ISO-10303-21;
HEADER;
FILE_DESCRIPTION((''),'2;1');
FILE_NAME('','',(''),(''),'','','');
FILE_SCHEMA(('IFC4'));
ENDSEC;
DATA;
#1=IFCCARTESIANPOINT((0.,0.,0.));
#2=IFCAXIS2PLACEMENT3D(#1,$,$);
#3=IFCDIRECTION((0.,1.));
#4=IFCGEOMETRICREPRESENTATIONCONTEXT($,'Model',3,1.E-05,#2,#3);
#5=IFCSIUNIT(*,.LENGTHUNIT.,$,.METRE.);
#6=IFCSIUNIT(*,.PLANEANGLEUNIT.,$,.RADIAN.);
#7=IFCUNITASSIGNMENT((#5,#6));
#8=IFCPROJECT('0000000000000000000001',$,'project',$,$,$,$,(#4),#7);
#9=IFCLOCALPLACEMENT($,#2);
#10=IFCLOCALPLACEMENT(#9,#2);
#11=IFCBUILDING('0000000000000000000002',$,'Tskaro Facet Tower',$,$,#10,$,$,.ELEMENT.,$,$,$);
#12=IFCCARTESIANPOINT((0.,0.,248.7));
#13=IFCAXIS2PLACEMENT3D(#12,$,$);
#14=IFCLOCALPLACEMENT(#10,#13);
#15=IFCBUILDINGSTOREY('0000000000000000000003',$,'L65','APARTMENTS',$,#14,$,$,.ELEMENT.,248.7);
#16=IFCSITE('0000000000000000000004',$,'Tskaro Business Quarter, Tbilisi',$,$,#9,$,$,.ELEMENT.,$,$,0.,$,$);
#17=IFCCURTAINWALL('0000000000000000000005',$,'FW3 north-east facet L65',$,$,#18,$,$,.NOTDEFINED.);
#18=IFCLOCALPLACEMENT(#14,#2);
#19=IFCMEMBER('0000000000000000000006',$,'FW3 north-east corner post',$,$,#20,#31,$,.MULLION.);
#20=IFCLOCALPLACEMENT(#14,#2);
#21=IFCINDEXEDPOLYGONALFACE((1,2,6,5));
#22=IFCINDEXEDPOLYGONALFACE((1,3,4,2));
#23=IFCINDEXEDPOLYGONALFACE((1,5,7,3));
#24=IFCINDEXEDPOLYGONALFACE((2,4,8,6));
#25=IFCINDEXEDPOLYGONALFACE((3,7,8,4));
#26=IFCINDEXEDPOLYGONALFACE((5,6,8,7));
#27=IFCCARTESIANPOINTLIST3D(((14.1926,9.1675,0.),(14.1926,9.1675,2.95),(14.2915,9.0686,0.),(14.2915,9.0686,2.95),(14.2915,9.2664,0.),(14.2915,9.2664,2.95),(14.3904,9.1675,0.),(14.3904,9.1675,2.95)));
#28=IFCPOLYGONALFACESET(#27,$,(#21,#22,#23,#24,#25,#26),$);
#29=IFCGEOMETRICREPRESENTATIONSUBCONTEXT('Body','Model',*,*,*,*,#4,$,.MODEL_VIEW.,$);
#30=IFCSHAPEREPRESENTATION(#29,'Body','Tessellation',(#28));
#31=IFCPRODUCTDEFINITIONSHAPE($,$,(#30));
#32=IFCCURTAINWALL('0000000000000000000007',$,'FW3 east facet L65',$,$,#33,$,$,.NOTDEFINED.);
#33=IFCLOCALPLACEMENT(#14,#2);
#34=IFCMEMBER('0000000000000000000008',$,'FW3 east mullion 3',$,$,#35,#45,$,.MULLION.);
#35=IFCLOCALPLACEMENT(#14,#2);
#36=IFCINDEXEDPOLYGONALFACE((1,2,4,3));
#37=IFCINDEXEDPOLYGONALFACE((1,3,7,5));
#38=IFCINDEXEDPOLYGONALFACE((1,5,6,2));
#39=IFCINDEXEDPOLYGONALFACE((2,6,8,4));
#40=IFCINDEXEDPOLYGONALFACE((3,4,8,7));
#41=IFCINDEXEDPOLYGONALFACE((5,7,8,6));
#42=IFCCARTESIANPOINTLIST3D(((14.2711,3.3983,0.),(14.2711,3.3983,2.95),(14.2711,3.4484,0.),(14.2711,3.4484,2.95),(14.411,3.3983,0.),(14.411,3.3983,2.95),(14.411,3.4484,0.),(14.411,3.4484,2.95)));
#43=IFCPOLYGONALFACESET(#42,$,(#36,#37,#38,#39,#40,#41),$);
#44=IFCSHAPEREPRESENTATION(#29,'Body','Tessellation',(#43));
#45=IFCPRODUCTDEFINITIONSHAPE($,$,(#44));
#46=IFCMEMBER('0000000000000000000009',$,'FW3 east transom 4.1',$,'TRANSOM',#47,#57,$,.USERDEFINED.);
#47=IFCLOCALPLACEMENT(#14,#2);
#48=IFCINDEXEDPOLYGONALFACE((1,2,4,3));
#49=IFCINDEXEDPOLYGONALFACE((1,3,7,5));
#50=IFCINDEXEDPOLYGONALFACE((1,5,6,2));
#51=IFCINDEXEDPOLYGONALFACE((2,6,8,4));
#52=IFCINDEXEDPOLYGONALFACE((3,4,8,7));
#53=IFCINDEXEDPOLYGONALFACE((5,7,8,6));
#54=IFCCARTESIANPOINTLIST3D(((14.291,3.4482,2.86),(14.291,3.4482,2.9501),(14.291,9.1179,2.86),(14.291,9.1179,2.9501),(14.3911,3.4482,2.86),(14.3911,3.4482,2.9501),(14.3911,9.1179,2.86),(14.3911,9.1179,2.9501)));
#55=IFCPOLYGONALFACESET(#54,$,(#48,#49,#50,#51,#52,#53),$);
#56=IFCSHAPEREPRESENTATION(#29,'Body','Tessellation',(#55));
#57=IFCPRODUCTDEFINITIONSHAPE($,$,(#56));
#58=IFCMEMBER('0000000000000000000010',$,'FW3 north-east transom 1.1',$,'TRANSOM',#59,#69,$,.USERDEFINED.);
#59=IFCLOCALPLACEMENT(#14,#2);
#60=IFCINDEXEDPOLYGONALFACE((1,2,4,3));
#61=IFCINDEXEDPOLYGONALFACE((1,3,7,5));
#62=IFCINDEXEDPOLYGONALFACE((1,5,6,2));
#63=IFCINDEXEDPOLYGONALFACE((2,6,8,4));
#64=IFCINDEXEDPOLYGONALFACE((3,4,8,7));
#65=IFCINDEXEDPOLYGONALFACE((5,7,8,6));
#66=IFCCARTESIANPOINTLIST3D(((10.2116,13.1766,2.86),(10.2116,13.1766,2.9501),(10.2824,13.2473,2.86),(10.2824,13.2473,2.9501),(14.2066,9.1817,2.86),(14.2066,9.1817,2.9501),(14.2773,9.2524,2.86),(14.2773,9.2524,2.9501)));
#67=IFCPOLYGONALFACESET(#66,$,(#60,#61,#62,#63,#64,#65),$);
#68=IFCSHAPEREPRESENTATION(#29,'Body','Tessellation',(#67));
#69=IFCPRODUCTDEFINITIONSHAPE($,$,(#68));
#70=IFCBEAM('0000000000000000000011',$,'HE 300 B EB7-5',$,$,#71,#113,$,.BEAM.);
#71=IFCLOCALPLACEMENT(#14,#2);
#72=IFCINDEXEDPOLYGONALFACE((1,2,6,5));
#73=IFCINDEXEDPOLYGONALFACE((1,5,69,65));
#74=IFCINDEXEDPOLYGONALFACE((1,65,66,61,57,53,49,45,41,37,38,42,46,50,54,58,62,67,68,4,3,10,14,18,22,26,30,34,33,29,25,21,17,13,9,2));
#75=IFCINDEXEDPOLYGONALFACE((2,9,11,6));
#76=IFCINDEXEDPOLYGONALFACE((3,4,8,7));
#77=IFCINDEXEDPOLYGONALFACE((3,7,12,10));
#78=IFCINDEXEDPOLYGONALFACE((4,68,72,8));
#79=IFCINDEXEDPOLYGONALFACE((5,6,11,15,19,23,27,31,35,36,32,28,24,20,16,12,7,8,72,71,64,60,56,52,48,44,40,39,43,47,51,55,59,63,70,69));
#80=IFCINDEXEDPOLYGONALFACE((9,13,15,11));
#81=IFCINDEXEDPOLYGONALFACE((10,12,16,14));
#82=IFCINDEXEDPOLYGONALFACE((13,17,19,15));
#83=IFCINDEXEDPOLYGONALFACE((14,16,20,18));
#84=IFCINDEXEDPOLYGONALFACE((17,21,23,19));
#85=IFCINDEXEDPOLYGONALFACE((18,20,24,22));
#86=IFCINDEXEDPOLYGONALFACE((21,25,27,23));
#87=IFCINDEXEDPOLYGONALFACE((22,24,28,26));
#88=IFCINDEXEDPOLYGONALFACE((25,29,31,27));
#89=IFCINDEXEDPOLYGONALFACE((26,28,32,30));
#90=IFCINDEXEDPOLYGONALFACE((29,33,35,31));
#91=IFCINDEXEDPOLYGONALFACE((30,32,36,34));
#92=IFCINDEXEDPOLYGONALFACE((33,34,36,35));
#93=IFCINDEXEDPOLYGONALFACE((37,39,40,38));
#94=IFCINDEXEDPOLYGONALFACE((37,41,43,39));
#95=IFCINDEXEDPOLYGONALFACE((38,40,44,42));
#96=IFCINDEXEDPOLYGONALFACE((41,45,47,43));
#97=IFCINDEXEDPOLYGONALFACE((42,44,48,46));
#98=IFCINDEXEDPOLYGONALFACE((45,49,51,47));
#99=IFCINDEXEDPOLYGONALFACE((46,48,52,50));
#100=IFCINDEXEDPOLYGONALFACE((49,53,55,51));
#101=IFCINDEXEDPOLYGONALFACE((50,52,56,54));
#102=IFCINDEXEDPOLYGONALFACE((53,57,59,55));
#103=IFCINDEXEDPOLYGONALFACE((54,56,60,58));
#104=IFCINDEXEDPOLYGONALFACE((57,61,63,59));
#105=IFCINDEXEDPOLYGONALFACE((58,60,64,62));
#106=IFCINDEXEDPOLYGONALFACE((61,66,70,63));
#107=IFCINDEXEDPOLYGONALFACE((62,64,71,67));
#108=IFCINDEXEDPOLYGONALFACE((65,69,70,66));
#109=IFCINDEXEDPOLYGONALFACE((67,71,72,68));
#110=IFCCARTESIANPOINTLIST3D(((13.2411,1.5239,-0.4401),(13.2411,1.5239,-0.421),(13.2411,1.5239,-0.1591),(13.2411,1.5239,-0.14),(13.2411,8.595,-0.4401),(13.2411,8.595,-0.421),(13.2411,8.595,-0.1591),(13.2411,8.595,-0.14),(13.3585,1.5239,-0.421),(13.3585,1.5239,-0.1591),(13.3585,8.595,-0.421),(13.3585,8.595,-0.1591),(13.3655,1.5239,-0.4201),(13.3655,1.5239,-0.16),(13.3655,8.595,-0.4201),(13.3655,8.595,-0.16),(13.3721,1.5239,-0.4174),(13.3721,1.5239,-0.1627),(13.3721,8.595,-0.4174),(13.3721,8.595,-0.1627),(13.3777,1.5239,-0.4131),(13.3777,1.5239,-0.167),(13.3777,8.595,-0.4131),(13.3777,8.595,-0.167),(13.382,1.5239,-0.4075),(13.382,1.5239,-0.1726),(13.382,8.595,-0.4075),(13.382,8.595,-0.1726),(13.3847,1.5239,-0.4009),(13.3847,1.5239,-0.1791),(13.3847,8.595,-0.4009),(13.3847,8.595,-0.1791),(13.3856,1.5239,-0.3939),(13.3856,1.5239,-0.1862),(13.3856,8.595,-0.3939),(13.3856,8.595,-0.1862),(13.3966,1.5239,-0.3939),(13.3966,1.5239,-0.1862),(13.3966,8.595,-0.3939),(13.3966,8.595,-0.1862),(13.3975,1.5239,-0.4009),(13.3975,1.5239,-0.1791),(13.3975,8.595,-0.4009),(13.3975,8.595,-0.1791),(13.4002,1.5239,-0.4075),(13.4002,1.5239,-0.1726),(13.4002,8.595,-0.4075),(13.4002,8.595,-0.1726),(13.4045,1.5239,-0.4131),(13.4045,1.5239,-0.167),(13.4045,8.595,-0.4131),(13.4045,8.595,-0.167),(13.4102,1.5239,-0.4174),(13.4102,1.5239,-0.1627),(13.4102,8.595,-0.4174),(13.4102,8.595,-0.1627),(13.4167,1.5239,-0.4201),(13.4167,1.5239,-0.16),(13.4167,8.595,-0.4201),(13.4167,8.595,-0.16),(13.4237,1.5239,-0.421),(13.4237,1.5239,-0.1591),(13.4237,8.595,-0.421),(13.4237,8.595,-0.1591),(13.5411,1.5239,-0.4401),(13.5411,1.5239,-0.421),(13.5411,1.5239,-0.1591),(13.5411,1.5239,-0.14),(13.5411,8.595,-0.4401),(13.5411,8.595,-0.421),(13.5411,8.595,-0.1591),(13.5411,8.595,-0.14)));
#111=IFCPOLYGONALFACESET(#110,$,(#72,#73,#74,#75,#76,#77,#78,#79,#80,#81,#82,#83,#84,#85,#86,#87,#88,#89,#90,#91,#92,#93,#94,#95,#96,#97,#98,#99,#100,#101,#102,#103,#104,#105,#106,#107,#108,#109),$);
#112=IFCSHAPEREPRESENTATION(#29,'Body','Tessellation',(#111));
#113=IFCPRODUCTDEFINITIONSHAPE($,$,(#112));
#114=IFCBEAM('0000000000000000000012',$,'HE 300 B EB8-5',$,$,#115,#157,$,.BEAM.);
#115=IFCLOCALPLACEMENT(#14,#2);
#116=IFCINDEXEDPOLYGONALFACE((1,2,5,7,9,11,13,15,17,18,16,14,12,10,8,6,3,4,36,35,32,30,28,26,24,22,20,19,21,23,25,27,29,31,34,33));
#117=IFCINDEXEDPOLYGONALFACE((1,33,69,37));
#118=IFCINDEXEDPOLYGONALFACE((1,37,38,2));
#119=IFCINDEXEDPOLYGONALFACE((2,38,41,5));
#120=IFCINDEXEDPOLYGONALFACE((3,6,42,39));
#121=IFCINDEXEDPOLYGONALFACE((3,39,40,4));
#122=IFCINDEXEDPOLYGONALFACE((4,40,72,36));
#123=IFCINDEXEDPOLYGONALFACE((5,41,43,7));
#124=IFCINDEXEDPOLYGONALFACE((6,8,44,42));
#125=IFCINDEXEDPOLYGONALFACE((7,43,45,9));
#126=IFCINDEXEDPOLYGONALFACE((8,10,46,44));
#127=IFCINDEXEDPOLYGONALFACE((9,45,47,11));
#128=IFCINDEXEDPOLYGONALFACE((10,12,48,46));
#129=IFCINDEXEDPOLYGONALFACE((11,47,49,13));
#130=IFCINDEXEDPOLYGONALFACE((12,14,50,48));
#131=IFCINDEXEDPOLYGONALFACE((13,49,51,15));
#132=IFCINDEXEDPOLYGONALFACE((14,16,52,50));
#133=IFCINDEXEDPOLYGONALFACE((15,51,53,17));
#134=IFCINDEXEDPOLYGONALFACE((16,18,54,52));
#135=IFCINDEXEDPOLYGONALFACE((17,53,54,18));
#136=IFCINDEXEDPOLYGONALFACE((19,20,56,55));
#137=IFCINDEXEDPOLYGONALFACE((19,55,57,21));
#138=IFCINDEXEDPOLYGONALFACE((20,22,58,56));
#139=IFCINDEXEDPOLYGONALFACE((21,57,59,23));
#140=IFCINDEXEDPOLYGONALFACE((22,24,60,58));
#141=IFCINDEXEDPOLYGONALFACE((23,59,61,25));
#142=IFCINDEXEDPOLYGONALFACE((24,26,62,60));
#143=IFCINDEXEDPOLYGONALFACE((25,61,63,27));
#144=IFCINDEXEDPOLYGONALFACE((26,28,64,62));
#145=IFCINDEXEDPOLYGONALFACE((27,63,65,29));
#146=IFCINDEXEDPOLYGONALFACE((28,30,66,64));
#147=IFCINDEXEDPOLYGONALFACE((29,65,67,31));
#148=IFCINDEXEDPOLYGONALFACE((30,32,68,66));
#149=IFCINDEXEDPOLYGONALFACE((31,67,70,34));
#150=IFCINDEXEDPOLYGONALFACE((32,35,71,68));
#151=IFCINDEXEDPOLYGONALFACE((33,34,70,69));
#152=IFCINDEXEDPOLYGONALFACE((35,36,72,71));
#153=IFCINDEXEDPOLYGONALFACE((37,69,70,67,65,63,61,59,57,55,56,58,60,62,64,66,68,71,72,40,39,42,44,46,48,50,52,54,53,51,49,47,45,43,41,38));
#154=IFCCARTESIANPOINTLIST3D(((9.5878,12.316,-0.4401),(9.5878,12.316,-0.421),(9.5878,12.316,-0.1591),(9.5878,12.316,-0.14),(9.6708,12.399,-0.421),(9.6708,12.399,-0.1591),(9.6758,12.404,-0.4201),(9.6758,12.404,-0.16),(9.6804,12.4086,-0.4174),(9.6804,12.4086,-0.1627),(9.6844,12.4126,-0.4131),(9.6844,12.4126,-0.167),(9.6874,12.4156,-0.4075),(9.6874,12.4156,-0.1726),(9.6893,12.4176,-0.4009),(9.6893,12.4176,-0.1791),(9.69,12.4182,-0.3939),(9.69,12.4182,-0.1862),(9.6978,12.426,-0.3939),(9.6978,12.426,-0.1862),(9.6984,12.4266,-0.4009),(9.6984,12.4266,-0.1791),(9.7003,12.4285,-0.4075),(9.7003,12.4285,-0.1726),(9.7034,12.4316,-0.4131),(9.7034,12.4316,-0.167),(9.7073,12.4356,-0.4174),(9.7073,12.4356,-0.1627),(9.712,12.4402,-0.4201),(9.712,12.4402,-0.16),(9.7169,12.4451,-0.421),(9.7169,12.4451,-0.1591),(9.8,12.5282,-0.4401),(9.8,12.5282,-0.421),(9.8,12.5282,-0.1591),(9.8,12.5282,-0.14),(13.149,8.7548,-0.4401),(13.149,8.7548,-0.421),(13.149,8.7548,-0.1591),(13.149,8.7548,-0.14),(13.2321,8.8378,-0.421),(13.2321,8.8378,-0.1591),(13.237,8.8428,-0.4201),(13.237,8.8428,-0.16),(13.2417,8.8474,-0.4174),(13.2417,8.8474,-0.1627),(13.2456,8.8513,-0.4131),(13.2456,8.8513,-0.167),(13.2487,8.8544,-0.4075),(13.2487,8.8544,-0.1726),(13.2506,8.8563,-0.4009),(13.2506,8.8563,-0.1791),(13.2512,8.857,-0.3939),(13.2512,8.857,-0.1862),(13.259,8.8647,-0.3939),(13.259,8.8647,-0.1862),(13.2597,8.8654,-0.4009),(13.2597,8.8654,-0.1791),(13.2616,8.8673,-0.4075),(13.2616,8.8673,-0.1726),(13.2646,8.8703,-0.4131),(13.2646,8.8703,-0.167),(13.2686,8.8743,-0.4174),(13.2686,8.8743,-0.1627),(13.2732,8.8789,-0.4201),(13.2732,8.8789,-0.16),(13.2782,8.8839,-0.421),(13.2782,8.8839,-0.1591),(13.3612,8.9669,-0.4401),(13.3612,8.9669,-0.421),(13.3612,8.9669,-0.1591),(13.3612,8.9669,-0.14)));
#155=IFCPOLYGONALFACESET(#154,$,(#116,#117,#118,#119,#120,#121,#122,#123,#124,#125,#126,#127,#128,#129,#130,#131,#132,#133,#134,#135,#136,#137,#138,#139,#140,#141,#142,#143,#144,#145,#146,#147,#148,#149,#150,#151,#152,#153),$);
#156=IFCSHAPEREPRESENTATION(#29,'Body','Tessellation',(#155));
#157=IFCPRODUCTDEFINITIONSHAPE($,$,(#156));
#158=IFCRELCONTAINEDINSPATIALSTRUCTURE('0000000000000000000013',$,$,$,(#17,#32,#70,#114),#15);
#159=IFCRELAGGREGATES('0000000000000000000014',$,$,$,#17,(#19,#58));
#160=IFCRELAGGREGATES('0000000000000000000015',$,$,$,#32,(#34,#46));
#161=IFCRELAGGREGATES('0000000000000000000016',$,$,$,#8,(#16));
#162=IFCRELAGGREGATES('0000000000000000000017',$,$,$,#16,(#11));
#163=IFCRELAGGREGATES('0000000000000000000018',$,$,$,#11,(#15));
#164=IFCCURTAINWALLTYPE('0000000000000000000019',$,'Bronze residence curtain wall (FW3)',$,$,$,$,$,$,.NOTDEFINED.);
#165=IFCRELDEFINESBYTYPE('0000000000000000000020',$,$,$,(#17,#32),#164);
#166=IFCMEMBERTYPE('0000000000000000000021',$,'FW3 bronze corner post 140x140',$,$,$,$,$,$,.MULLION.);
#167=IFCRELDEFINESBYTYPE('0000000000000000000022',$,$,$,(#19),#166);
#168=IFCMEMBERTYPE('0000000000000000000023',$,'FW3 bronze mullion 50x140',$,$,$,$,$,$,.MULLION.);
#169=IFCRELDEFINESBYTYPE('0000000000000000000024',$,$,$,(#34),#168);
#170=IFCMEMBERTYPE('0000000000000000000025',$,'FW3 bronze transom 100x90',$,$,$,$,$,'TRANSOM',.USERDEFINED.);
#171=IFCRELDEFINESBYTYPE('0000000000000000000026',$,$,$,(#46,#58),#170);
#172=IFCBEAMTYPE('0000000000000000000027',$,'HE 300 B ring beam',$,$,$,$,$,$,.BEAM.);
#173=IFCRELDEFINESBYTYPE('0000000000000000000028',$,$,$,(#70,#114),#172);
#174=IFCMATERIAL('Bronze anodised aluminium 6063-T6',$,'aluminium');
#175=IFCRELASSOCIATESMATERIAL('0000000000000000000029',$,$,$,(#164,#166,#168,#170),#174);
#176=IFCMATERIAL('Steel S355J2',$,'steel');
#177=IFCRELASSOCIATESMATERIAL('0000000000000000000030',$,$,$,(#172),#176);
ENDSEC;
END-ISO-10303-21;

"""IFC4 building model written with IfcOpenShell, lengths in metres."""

from ifc_helpers import new_model, si_unit, direction, frame, origin, origin_2d, place, context, subcontext, project, spatial, rectangle, i_section, extrude, material, material_profile, profile_set, type_object, element, aggregate, save


model = new_model("IFC4")

# Units and contexts
model_context = context("Model", 3, precision=1e-05, world=origin(), true_north=direction((0.0, 1.0)))
body_context = subcontext(model_context, "Body", "Model", "MODEL_VIEW")
ifc_project = project(units=[si_unit("LENGTHUNIT", "METRE"), si_unit("PLANEANGLEUNIT", "RADIAN")], contexts=[model_context])

# Site, building, storey
site_placement = place(None, origin())
site = spatial("IfcSite", under=ifc_project, at=site_placement, Name="Tskaro Business Quarter, Tbilisi", CompositionType="ELEMENT", RefElevation=0.0)
building_placement = place(site_placement, origin())
building = spatial("IfcBuilding", under=site, at=building_placement, Name="Tskaro Facet Tower", CompositionType="ELEMENT")
storey_placement = place(building_placement, frame((0.0, 0.0, 248.7)))
storey = spatial("IfcBuildingStorey", under=building, at=storey_placement, Name="L65", Description="APARTMENTS", CompositionType="ELEMENT", Elevation=248.7)

# Curtain wall, member
ifc_material_1 = material(Name="Bronze anodised aluminium 6063-T6", Category="aluminium")
curtain_wall_type = type_object("IfcCurtainWallType", Name="Bronze residence curtain wall (FW3)", PredefinedType="NOTDEFINED", material=ifc_material_1)
curtain_wall_1_placement = place(storey_placement, origin())
curtain_wall_1 = element("IfcCurtainWall", 1, at=curtain_wall_1_placement, inside=storey, type_object=curtain_wall_type, Name="FW3 north-east facet L65", PredefinedType="NOTDEFINED")
ifc_material_profile_1 = material_profile(ifc_material_1, rectangle(XDim=0.1399, YDim=0.1399, at=origin_2d()), Name="Corner post 140x140")
ifc_profile_set_1 = profile_set([ifc_material_profile_1], Name="Bronze anodised aluminium 6063-T6")
member_type_1 = type_object("IfcMemberType", Name="FW3 bronze corner post 140x140", PredefinedType="MULLION", material=ifc_profile_set_1)
member_1_placement = place(storey_placement, frame((14.2915, 9.1675, 0.0), z_axis=(0.0, 0.0, 1.0), x_axis=(-0.707107, 0.707107, 0.0)))
member_1 = element("IfcMember", 2, at=member_1_placement, type_object=member_type_1, Name="FW3 north-east corner post", PredefinedType="MULLION", context=body_context, shape_type="SweptSolid", body=[
    extrude(rectangle(XDim=0.1399, YDim=0.1399, at=origin_2d()), origin(), (0.0, 0.0, 1.0), 2.95),
])

# Curtain wall, members
curtain_wall_2_placement = place(storey_placement, origin())
curtain_wall_2 = element("IfcCurtainWall", 3, at=curtain_wall_2_placement, inside=storey, type_object=curtain_wall_type, Name="FW3 east facet L65", PredefinedType="NOTDEFINED")
ifc_material_profile_2 = material_profile(ifc_material_1, rectangle(XDim=0.05, YDim=0.1399, at=origin_2d()), Name="Mullion 50x140")
ifc_profile_set_2 = profile_set([ifc_material_profile_2], Name="Bronze anodised aluminium 6063-T6")
member_type_2 = type_object("IfcMemberType", Name="FW3 bronze mullion 50x140", PredefinedType="MULLION", material=ifc_profile_set_2)
member_2_placement = place(storey_placement, frame((14.3411, 3.4233, 0.0), z_axis=(0.0, 0.0, 1.0), x_axis=(0.0, 1.0, 0.0)))
member_2 = element("IfcMember", 4, at=member_2_placement, type_object=member_type_2, Name="FW3 east mullion 3", PredefinedType="MULLION", context=body_context, shape_type="SweptSolid", body=[
    extrude(rectangle(XDim=0.05, YDim=0.1399, at=origin_2d()), origin(), (0.0, 0.0, 1.0), 2.95),
])
ifc_material_profile_3 = material_profile(ifc_material_1, rectangle(XDim=0.1001, YDim=0.0901, at=origin_2d()), Name="Transom 100x90")
ifc_profile_set_3 = profile_set([ifc_material_profile_3], Name="Bronze anodised aluminium 6063-T6")
member_type_3 = type_object("IfcMemberType", Name="FW3 bronze transom 100x90", ElementType="TRANSOM", PredefinedType="USERDEFINED", material=ifc_profile_set_3)
member_3_placement = place(storey_placement, frame((14.3411, 3.4482, 2.905), z_axis=(0.0, 1.0, 0.0), x_axis=(-1.0, 0.0, 0.0)))
member_3 = element("IfcMember", 5, at=member_3_placement, type_object=member_type_3, Name="FW3 east transom 4.1", ObjectType="TRANSOM", PredefinedType="USERDEFINED", context=body_context, shape_type="SweptSolid", body=[
    extrude(rectangle(XDim=0.1001, YDim=0.0901, at=origin_2d()), origin(), (0.0, 0.0, 1.0), 5.6697),
])

# Member
member_4_placement = place(storey_placement, frame((14.2419, 9.217, 2.905), z_axis=(-0.707107, 0.707107, 0.0), x_axis=(-0.707107, -0.707107, 0.0)))
member_4 = element("IfcMember", 6, at=member_4_placement, type_object=member_type_3, Name="FW3 north-east transom 1.1", ObjectType="TRANSOM", PredefinedType="USERDEFINED", context=body_context, shape_type="SweptSolid", body=[
    extrude(rectangle(XDim=0.1001, YDim=0.0901, at=origin_2d()), origin(), (0.0, 0.0, 1.0), 5.6497),
])
aggregate(curtain_wall_1, [member_1, member_4])

# Beams
ifc_material_2 = material(Name="Steel S355J2", Category="steel")
ifc_material_profile_4 = material_profile(ifc_material_2, i_section(OverallWidth=0.3, OverallDepth=0.3, WebThickness=0.011, FlangeThickness=0.019, FilletRadius=0.0271, at=origin_2d()), Name="HE 300 B")
ifc_profile_set_4 = profile_set([ifc_material_profile_4], Name="Steel S355J2")
beam_type_1 = type_object("IfcBeamType", Name="HE 300 B ring beam", PredefinedType="BEAM", material=ifc_profile_set_4)
beam_1_placement = place(storey_placement, frame((13.3911, 1.5239, -0.29), z_axis=(0.0, 1.0, 0.0), x_axis=(-1.0, 0.0, 0.0)))
element("IfcBeam", 7, at=beam_1_placement, inside=storey, type_object=beam_type_1, Name="HE 300 B EB7-5", PredefinedType="BEAM", context=body_context, shape_type="SweptSolid", body=[
    extrude(i_section(OverallWidth=0.3, OverallDepth=0.3, WebThickness=0.011, FlangeThickness=0.019, FilletRadius=0.0271, at=origin_2d()), origin(), (0.0, 0.0, 1.0), 7.071),
])
beam_2_placement = place(storey_placement, frame((13.2551, 8.8608, -0.29), z_axis=(-0.707107, 0.707107, 0.0), x_axis=(-0.707107, -0.707107, 0.0)))
element("IfcBeam", 8, at=beam_2_placement, inside=storey, type_object=beam_type_1, Name="HE 300 B EB8-5", PredefinedType="BEAM", context=body_context, shape_type="SweptSolid", body=[
    extrude(i_section(OverallWidth=0.3, OverallDepth=0.3, WebThickness=0.011, FlangeThickness=0.019, FilletRadius=0.0271, at=origin_2d()), origin(), (0.0, 0.0, 1.0), 5.0364),
])

aggregate(curtain_wall_2, [member_2, member_3])

save(model, "model.ifc")
